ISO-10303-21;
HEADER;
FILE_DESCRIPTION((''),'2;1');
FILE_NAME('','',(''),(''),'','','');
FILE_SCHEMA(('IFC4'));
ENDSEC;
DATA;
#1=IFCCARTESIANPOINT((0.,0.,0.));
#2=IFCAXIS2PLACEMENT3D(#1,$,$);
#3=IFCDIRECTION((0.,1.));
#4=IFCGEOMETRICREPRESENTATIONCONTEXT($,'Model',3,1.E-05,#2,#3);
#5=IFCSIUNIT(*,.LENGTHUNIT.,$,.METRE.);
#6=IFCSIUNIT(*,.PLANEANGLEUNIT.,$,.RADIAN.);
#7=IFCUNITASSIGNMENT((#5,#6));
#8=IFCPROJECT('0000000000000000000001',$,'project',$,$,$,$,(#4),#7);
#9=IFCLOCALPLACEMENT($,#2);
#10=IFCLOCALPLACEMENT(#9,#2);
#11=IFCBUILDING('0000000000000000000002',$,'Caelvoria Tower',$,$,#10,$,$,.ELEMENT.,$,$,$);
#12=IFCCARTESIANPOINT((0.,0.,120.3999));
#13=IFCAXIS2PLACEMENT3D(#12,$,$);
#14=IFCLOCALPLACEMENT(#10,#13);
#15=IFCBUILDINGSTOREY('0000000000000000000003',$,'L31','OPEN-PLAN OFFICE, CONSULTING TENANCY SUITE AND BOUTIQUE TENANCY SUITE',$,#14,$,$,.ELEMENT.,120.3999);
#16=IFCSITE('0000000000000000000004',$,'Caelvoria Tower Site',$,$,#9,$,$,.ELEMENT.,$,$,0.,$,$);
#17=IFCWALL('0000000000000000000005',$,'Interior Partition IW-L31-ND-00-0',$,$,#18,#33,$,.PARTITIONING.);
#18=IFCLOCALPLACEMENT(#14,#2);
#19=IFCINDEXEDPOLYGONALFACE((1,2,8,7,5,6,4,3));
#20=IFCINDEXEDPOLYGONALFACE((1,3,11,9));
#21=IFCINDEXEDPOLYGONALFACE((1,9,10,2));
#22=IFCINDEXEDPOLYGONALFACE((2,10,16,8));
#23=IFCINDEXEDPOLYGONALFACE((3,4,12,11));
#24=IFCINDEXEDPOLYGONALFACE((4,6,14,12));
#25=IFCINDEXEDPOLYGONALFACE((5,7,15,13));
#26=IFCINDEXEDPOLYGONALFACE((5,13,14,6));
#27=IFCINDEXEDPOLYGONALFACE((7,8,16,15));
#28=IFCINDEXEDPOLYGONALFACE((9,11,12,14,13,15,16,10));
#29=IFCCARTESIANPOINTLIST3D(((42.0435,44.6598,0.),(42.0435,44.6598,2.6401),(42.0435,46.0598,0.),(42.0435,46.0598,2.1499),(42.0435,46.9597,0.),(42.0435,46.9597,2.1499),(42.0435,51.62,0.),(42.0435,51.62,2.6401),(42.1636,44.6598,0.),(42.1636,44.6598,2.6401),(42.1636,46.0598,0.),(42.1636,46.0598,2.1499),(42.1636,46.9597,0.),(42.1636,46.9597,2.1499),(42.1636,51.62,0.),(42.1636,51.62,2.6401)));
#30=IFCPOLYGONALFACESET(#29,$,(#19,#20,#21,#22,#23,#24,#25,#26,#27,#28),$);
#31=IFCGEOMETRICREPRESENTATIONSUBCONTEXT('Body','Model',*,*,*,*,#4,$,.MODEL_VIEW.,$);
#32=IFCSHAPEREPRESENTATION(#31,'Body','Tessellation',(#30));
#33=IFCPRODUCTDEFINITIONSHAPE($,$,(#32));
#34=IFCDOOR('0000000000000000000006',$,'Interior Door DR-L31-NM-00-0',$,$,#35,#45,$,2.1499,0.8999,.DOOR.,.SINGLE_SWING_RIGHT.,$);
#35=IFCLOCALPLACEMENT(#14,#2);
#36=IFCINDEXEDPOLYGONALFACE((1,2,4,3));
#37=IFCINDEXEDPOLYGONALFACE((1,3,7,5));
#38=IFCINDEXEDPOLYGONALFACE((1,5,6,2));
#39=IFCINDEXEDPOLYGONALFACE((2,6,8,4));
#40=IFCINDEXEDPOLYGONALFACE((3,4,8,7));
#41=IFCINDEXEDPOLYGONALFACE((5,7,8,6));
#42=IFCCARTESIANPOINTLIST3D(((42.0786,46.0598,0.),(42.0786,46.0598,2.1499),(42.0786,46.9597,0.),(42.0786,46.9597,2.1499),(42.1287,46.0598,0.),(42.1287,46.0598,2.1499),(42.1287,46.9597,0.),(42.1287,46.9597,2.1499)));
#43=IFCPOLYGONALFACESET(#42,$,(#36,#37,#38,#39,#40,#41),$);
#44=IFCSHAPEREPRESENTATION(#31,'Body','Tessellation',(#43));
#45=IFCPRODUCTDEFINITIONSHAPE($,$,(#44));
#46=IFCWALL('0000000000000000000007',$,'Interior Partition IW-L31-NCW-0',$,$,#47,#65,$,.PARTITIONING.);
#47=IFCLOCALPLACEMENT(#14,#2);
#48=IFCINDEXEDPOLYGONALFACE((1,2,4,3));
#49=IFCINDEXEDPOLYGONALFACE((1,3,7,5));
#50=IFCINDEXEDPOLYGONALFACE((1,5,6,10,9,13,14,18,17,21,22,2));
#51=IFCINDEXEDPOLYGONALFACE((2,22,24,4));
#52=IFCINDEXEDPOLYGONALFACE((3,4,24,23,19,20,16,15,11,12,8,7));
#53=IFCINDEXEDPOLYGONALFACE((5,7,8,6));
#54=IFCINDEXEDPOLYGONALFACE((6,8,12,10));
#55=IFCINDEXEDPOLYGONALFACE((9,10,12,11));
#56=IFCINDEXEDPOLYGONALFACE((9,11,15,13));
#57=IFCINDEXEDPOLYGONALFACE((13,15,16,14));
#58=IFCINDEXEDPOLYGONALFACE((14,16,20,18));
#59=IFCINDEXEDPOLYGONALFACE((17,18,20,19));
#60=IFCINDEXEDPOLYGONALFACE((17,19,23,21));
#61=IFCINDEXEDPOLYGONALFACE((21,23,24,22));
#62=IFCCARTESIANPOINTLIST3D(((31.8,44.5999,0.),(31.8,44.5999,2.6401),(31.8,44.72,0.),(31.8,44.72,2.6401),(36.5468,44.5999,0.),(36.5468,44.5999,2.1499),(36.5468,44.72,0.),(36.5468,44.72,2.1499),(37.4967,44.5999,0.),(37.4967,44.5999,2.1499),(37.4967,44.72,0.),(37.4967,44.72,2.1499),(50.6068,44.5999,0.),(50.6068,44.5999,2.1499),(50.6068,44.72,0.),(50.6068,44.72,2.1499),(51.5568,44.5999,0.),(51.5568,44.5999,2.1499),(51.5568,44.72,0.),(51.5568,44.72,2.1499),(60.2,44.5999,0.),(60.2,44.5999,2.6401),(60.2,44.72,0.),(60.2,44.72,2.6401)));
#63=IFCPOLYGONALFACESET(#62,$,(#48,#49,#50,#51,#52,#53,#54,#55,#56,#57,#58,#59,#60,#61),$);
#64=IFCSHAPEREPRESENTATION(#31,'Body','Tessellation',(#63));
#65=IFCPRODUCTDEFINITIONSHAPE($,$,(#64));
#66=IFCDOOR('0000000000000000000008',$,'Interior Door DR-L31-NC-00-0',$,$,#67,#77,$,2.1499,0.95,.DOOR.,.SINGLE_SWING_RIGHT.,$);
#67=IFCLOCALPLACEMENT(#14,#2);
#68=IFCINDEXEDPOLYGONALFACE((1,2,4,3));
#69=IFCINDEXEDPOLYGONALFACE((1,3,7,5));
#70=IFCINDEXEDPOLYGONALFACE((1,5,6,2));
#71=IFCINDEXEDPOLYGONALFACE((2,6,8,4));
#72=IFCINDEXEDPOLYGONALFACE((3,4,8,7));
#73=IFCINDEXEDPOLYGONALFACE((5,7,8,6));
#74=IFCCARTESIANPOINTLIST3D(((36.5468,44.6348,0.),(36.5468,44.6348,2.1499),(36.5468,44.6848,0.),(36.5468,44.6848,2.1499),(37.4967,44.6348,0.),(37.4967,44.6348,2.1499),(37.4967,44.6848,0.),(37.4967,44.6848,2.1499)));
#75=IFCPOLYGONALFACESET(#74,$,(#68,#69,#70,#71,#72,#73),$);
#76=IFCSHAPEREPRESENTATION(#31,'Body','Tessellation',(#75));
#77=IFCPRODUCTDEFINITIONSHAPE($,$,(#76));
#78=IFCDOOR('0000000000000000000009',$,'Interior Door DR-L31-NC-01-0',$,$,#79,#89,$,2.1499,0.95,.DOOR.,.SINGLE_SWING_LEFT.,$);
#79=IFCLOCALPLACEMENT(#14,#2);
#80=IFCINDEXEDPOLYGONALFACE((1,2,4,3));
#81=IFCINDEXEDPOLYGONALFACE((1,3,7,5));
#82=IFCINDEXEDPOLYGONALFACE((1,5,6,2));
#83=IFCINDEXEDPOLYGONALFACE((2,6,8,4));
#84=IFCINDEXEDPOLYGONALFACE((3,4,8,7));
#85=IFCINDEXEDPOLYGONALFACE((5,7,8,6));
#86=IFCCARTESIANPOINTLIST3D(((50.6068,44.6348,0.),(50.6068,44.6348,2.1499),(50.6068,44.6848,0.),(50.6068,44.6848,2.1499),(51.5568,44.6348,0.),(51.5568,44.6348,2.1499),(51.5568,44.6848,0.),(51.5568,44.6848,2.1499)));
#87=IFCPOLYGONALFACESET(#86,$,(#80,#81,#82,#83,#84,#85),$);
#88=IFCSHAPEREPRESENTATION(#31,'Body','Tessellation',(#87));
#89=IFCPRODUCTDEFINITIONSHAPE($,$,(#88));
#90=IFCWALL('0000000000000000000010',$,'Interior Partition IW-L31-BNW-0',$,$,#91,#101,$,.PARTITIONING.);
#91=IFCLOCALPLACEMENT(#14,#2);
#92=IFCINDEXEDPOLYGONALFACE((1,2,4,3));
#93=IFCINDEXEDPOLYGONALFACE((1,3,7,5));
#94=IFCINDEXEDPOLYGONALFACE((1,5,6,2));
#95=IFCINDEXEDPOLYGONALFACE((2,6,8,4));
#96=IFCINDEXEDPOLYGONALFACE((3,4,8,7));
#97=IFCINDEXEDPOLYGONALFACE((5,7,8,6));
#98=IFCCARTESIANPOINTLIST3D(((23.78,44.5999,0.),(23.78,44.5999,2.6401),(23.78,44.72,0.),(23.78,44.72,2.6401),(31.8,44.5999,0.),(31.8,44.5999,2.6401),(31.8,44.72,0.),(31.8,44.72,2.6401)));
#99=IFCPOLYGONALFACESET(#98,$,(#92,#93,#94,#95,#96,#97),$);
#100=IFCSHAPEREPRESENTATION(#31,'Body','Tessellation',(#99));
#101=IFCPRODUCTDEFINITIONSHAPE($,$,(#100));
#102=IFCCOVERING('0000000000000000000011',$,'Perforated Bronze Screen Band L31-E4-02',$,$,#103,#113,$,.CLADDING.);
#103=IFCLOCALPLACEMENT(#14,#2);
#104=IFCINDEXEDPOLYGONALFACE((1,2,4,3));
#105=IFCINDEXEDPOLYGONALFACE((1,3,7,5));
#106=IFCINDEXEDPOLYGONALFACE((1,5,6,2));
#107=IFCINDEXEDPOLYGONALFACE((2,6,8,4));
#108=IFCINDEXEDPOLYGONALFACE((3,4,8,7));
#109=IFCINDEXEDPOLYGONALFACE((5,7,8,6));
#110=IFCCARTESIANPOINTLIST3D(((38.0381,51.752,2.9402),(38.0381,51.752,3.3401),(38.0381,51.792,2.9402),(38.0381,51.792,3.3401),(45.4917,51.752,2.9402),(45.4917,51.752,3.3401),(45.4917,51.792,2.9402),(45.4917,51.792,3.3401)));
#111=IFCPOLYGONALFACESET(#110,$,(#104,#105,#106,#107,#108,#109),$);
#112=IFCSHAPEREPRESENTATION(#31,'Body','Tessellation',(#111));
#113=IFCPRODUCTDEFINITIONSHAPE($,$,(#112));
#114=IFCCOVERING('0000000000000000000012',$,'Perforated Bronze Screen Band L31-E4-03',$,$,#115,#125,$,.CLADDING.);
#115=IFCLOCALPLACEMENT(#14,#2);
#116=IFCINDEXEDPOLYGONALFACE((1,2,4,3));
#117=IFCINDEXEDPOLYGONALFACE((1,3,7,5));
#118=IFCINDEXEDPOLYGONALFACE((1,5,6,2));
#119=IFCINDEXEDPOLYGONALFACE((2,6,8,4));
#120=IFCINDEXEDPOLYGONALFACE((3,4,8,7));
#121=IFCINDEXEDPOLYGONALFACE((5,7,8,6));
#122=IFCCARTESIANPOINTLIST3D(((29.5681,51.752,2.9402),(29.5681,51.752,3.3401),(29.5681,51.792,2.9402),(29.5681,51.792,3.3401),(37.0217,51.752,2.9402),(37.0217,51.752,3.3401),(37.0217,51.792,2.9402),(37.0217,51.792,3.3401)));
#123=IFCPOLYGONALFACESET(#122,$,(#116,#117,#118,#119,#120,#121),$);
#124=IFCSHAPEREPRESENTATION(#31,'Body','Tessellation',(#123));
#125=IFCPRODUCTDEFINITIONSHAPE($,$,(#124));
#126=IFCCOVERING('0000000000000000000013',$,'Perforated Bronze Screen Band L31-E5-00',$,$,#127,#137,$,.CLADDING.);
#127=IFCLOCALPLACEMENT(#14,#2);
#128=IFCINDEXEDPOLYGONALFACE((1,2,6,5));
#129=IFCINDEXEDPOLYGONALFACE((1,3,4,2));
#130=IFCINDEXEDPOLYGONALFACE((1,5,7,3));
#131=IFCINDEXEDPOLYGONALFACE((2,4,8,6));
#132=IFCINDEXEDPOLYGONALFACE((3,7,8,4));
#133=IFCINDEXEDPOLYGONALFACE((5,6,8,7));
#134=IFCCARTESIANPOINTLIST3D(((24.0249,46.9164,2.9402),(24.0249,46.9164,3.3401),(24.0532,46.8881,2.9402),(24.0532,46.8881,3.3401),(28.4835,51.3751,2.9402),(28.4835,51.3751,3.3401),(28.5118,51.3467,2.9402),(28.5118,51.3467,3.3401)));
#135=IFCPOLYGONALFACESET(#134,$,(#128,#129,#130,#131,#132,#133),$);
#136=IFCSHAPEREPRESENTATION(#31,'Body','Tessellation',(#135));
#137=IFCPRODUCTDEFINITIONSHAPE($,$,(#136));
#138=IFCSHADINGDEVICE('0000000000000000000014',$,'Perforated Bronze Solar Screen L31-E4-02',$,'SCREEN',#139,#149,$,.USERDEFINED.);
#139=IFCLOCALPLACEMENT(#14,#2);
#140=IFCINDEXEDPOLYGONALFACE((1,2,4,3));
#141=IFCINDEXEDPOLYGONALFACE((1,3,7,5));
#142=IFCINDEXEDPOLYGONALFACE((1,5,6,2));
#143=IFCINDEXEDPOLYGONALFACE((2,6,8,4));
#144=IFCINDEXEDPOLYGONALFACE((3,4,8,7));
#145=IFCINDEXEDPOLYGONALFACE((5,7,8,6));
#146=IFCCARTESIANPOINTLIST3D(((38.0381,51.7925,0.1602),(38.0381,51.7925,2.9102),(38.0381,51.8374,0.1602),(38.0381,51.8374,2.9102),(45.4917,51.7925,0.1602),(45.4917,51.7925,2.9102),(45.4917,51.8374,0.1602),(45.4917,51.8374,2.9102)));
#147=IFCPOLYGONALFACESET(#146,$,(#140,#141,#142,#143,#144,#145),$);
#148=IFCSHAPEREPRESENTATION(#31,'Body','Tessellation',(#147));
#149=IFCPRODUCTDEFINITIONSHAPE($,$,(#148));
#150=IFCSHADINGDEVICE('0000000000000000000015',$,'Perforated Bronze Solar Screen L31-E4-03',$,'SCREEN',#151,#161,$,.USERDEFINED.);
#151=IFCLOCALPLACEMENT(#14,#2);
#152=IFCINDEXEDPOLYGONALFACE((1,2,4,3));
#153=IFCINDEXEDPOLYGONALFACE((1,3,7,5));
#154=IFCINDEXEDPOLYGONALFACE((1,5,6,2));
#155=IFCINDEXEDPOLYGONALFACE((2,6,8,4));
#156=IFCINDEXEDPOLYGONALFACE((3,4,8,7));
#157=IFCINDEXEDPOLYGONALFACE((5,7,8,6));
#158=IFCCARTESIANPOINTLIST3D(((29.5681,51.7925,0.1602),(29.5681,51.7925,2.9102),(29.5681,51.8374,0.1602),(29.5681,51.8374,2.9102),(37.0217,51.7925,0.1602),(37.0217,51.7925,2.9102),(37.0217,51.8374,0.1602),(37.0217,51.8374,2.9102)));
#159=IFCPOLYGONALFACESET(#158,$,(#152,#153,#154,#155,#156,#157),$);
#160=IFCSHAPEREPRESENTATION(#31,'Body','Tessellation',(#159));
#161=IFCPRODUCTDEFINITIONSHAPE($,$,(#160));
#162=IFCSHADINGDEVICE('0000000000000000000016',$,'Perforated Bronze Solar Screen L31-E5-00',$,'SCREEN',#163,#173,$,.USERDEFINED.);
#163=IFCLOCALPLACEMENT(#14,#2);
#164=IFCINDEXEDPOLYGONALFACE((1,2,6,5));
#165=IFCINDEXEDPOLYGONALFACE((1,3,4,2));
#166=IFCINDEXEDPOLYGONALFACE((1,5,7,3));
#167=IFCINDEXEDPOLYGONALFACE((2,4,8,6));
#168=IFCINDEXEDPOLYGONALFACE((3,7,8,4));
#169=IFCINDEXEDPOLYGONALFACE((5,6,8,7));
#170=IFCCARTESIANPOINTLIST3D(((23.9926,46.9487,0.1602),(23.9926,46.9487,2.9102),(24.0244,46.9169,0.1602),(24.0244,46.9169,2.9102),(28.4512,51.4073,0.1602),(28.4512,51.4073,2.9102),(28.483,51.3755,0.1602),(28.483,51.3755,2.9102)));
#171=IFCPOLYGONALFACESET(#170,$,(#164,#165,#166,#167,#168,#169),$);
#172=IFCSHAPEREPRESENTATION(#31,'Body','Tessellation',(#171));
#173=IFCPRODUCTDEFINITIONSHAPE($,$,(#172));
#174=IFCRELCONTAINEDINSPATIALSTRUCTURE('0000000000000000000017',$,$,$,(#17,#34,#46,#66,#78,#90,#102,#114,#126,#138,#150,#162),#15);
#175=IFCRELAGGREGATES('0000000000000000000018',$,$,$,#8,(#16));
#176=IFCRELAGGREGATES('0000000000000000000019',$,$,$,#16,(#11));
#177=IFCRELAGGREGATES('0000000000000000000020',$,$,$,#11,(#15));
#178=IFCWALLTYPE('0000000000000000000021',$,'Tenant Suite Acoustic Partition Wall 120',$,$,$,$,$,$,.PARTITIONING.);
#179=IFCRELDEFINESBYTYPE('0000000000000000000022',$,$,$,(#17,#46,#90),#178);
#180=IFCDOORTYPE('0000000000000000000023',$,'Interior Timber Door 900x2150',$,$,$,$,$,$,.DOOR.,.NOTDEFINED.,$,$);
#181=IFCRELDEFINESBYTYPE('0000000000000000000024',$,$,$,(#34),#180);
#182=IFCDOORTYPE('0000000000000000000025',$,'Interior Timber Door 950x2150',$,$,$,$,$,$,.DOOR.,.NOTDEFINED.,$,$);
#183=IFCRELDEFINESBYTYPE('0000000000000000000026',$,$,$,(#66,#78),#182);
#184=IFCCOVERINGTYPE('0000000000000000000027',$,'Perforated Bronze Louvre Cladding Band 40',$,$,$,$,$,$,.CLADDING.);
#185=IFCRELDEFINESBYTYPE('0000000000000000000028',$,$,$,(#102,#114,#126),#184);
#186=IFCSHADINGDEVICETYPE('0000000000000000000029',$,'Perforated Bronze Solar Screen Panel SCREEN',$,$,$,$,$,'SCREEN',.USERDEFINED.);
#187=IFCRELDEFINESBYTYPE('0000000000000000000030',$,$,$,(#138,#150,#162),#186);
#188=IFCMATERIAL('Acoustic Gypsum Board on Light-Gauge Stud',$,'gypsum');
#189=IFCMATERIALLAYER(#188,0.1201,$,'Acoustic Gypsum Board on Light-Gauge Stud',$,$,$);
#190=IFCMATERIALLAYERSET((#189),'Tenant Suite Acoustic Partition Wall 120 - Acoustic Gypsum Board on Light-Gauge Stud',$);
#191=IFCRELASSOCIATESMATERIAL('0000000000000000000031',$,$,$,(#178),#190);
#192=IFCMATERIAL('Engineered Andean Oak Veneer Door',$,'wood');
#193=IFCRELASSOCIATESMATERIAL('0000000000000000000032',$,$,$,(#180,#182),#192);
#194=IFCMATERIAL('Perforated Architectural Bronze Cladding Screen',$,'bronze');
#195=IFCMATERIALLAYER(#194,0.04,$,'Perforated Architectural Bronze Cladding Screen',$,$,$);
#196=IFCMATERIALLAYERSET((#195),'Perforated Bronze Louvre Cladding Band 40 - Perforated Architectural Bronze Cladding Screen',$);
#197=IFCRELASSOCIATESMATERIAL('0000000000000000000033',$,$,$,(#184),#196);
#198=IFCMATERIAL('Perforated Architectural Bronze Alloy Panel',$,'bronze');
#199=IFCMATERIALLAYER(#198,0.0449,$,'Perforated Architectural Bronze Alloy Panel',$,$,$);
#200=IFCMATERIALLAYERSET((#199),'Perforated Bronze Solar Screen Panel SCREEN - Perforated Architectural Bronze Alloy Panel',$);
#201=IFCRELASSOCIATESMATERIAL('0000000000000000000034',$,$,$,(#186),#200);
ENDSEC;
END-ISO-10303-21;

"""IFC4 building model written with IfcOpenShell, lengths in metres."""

from ifc_helpers import new_model, si_unit, direction, frame, frame_2d, origin, origin_2d, place, context, subcontext, project, spatial, rectangle, extrude, material, layer, layer_set, type_object, element, fill, save


model = new_model("IFC4")

# Units and contexts
model_context = context("Model", 3, precision=1e-05, world=origin(), true_north=direction((0.0, 1.0)))
body_context = subcontext(model_context, "Body", "Model", "MODEL_VIEW")
ifc_project = project(units=[si_unit("LENGTHUNIT", "METRE"), si_unit("PLANEANGLEUNIT", "RADIAN")], contexts=[model_context])

# Site, building, storey
site_placement = place(None, origin())
site = spatial("IfcSite", under=ifc_project, at=site_placement, Name="Caelvoria Tower Site", CompositionType="ELEMENT", RefElevation=0.0)
building_placement = place(site_placement, origin())
building = spatial("IfcBuilding", under=site, at=building_placement, Name="Caelvoria Tower", CompositionType="ELEMENT")
storey_placement = place(building_placement, frame((0.0, 0.0, 120.3999)))
storey = spatial("IfcBuildingStorey", under=building, at=storey_placement, Name="L31", Description="OPEN-PLAN OFFICE, CONSULTING TENANCY SUITE AND BOUTIQUE TENANCY SUITE", CompositionType="ELEMENT", Elevation=120.3999)

# Wall, opening, door
ifc_material_1 = material(Name="Acoustic Gypsum Board on Light-Gauge Stud", Category="gypsum")
ifc_layer_1 = layer(ifc_material_1, 0.1201, Name="Acoustic Gypsum Board on Light-Gauge Stud")
ifc_layer_set_1 = layer_set([ifc_layer_1], Name="Tenant Suite Acoustic Partition Wall 120 - Acoustic Gypsum Board on Light-Gauge Stud")
wall_type_1 = type_object("IfcWallType", Name="Tenant Suite Acoustic Partition Wall 120", PredefinedType="PARTITIONING", material=ifc_layer_set_1)
wall_1_placement = place(storey_placement, frame((42.1035, 44.6599, 0.0), z_axis=(0.0, 0.0, 1.0), x_axis=(0.0, 1.0, 0.0)))
wall_1 = element("IfcWall", 1, at=wall_1_placement, inside=storey, type_object=wall_type_1, Name="Interior Partition IW-L31-ND-00-0", PredefinedType="PARTITIONING", context=body_context, shape_type="SweptSolid", body=[
    extrude(rectangle(XDim=6.9602, YDim=0.1201, at=frame_2d((3.48, 0.0))), origin(), (0.0, 0.0, 1.0), 2.6401),
])
opening_1_placement = place(wall_1_placement, frame((1.3999, 0.0, 0.0)))
opening_1 = element("IfcOpeningElement", 2, at=opening_1_placement, cuts=wall_1, PredefinedType="OPENING", context=body_context, shape_type="SweptSolid", body=[
    extrude(rectangle(XDim=0.8999, YDim=2.1499, at=frame_2d((0.45, 1.075))), frame((0.0, 0.0701, 0.0), z_axis=(0.0, -1.0, 0.0), x_axis=(1.0, 0.0, 0.0)), (0.0, 0.0, 1.0), 0.1401),
])
ifc_material_2 = material(Name="Engineered Andean Oak Veneer Door", Category="wood")
door_type_1 = type_object("IfcDoorType", Name="Interior Timber Door 900x2150", OperationType="NOTDEFINED", PredefinedType="DOOR", material=ifc_material_2)
door_1_placement = place(opening_1_placement, origin())
door_1 = element("IfcDoor", 3, at=door_1_placement, inside=storey, type_object=door_type_1, Name="Interior Door DR-L31-NM-00-0", OperationType="SINGLE_SWING_RIGHT", OverallHeight=2.1499, OverallWidth=0.8999, PredefinedType="DOOR", context=body_context, shape_type="SweptSolid", body=[
    extrude(rectangle(XDim=0.8999, YDim=2.1499, at=frame_2d((0.45, 1.075))), frame((0.0, 0.0249, 0.0), z_axis=(0.0, -1.0, 0.0), x_axis=(1.0, 0.0, 0.0)), (0.0, 0.0, 1.0), 0.05),
])
fill(opening_1, door_1)

# Wall, openings, doors
wall_2_placement = place(storey_placement, frame((31.8, 44.6599, 0.0), z_axis=(0.0, 0.0, 1.0), x_axis=(1.0, 0.0, 0.0)))
wall_2 = element("IfcWall", 4, at=wall_2_placement, inside=storey, type_object=wall_type_1, Name="Interior Partition IW-L31-NCW-0", PredefinedType="PARTITIONING", context=body_context, shape_type="SweptSolid", body=[
    extrude(rectangle(XDim=28.3999, YDim=0.1201, at=frame_2d((14.2, 0.0))), origin(), (0.0, 0.0, 1.0), 2.6401),
])
opening_2_placement = place(wall_2_placement, frame((4.7466, 0.0, 0.0)))
opening_2 = element("IfcOpeningElement", 5, at=opening_2_placement, cuts=wall_2, PredefinedType="OPENING", context=body_context, shape_type="SweptSolid", body=[
    extrude(rectangle(XDim=0.95, YDim=2.1499, at=frame_2d((0.4751, 1.075))), frame((0.0, 0.0701, 0.0), z_axis=(0.0, -1.0, 0.0), x_axis=(1.0, 0.0, 0.0)), (0.0, 0.0, 1.0), 0.1401),
])
opening_3_placement = place(wall_2_placement, frame((18.8066, 0.0, 0.0)))
opening_3 = element("IfcOpeningElement", 6, at=opening_3_placement, cuts=wall_2, PredefinedType="OPENING", context=body_context, shape_type="SweptSolid", body=[
    extrude(rectangle(XDim=0.95, YDim=2.1499, at=frame_2d((0.4751, 1.075))), frame((0.0, 0.0701, 0.0), z_axis=(0.0, -1.0, 0.0), x_axis=(1.0, 0.0, 0.0)), (0.0, 0.0, 1.0), 0.1401),
])
door_type_2 = type_object("IfcDoorType", Name="Interior Timber Door 950x2150", OperationType="NOTDEFINED", PredefinedType="DOOR", material=ifc_material_2)
door_2_placement = place(opening_2_placement, origin())
door_2 = element("IfcDoor", 7, at=door_2_placement, inside=storey, type_object=door_type_2, Name="Interior Door DR-L31-NC-00-0", OperationType="SINGLE_SWING_RIGHT", OverallHeight=2.1499, OverallWidth=0.95, PredefinedType="DOOR", context=body_context, shape_type="SweptSolid", body=[
    extrude(rectangle(XDim=0.95, YDim=2.1499, at=frame_2d((0.4751, 1.075))), frame((0.0, 0.0249, 0.0), z_axis=(0.0, -1.0, 0.0), x_axis=(1.0, 0.0, 0.0)), (0.0, 0.0, 1.0), 0.05),
])
fill(opening_2, door_2)
door_3_placement = place(opening_3_placement, origin())
door_3 = element("IfcDoor", 8, at=door_3_placement, inside=storey, type_object=door_type_2, Name="Interior Door DR-L31-NC-01-0", OperationType="SINGLE_SWING_LEFT", OverallHeight=2.1499, OverallWidth=0.95, PredefinedType="DOOR", context=body_context, shape_type="SweptSolid", body=[
    extrude(rectangle(XDim=0.95, YDim=2.1499, at=frame_2d((0.4751, 1.075))), frame((0.0, 0.0249, 0.0), z_axis=(0.0, -1.0, 0.0), x_axis=(1.0, 0.0, 0.0)), (0.0, 0.0, 1.0), 0.05),
])
fill(opening_3, door_3)

# Wall
wall_3_placement = place(storey_placement, frame((31.8, 44.6599, 0.0), z_axis=(0.0, 0.0, 1.0), x_axis=(-1.0, 0.0, 0.0)))
element("IfcWall", 9, at=wall_3_placement, inside=storey, type_object=wall_type_1, Name="Interior Partition IW-L31-BNW-0", PredefinedType="PARTITIONING", context=body_context, shape_type="SweptSolid", body=[
    extrude(rectangle(XDim=8.02, YDim=0.1201, at=frame_2d((4.01, 0.0))), origin(), (0.0, 0.0, 1.0), 2.6401),
])

# Coverings
ifc_material_3 = material(Name="Perforated Architectural Bronze Cladding Screen", Category="bronze")
ifc_layer_2 = layer(ifc_material_3, 0.04, Name="Perforated Architectural Bronze Cladding Screen")
ifc_layer_set_2 = layer_set([ifc_layer_2], Name="Perforated Bronze Louvre Cladding Band 40 - Perforated Architectural Bronze Cladding Screen")
covering_type = type_object("IfcCoveringType", Name="Perforated Bronze Louvre Cladding Band 40", PredefinedType="CLADDING", material=ifc_layer_set_2)
for number, where, z_axis, x_axis, name in (
    (10, (41.7649, 51.772, 2.9402), (0.0, 0.0, 1.0), (-1.0, 0.0, 0.0), "Perforated Bronze Screen Band L31-E4-02"),
    (11, (33.2949, 51.772, 2.9402), (0.0, 0.0, 1.0), (-1.0, 0.0, 0.0), "Perforated Bronze Screen Band L31-E4-03"),
):
    element("IfcCovering", number, at=place(storey_placement, frame(where, z_axis=z_axis, x_axis=x_axis)), inside=storey, type_object=covering_type, Name=name, PredefinedType="CLADDING", context=body_context, shape_type="SweptSolid", body=[
        extrude(rectangle(XDim=7.4536, YDim=0.04, at=origin_2d()), origin(), (0.0, 0.0, 1.0), 0.3999),
    ])
covering_placement = place(storey_placement, frame((26.2683, 49.1316, 2.9402), z_axis=(0.0, 0.0, 1.0), x_axis=(-0.707107, -0.707107, 0.0)))
element("IfcCovering", 12, at=covering_placement, inside=storey, type_object=covering_type, Name="Perforated Bronze Screen Band L31-E5-00", PredefinedType="CLADDING", context=body_context, shape_type="SweptSolid", body=[
    extrude(rectangle(XDim=6.3054, YDim=0.04, at=origin_2d()), origin(), (0.0, 0.0, 1.0), 0.3999),
])

# Shading devices
ifc_material_4 = material(Name="Perforated Architectural Bronze Alloy Panel", Category="bronze")
ifc_layer_3 = layer(ifc_material_4, 0.0449, Name="Perforated Architectural Bronze Alloy Panel")
ifc_layer_set_3 = layer_set([ifc_layer_3], Name="Perforated Bronze Solar Screen Panel SCREEN - Perforated Architectural Bronze Alloy Panel")
shading_device_type = type_object("IfcShadingDeviceType", Name="Perforated Bronze Solar Screen Panel SCREEN", ElementType="SCREEN", PredefinedType="USERDEFINED", material=ifc_layer_set_3)
for number, where, z_axis, x_axis, name in (
    (13, (41.7649, 51.8149, 0.1602), (0.0, 0.0, 1.0), (-1.0, 0.0, 0.0), "Perforated Bronze Solar Screen L31-E4-02"),
    (14, (33.2949, 51.8149, 0.1602), (0.0, 0.0, 1.0), (-1.0, 0.0, 0.0), "Perforated Bronze Solar Screen L31-E4-03"),
):
    element("IfcShadingDevice", number, at=place(storey_placement, frame(where, z_axis=z_axis, x_axis=x_axis)), inside=storey, type_object=shading_device_type, Name=name, ObjectType="SCREEN", PredefinedType="USERDEFINED", context=body_context, shape_type="SweptSolid", body=[
        extrude(rectangle(XDim=7.4536, YDim=0.0449, at=origin_2d()), origin(), (0.0, 0.0, 1.0), 2.75),
    ])
shading_device_placement = place(storey_placement, frame((26.2378, 49.1621, 0.1602), z_axis=(0.0, 0.0, 1.0), x_axis=(-0.707107, -0.707107, 0.0)))
element("IfcShadingDevice", 15, at=shading_device_placement, inside=storey, type_object=shading_device_type, Name="Perforated Bronze Solar Screen L31-E5-00", ObjectType="SCREEN", PredefinedType="USERDEFINED", context=body_context, shape_type="SweptSolid", body=[
    extrude(rectangle(XDim=6.3054, YDim=0.0449, at=origin_2d()), origin(), (0.0, 0.0, 1.0), 2.75),
])

save(model, "model.ifc")
